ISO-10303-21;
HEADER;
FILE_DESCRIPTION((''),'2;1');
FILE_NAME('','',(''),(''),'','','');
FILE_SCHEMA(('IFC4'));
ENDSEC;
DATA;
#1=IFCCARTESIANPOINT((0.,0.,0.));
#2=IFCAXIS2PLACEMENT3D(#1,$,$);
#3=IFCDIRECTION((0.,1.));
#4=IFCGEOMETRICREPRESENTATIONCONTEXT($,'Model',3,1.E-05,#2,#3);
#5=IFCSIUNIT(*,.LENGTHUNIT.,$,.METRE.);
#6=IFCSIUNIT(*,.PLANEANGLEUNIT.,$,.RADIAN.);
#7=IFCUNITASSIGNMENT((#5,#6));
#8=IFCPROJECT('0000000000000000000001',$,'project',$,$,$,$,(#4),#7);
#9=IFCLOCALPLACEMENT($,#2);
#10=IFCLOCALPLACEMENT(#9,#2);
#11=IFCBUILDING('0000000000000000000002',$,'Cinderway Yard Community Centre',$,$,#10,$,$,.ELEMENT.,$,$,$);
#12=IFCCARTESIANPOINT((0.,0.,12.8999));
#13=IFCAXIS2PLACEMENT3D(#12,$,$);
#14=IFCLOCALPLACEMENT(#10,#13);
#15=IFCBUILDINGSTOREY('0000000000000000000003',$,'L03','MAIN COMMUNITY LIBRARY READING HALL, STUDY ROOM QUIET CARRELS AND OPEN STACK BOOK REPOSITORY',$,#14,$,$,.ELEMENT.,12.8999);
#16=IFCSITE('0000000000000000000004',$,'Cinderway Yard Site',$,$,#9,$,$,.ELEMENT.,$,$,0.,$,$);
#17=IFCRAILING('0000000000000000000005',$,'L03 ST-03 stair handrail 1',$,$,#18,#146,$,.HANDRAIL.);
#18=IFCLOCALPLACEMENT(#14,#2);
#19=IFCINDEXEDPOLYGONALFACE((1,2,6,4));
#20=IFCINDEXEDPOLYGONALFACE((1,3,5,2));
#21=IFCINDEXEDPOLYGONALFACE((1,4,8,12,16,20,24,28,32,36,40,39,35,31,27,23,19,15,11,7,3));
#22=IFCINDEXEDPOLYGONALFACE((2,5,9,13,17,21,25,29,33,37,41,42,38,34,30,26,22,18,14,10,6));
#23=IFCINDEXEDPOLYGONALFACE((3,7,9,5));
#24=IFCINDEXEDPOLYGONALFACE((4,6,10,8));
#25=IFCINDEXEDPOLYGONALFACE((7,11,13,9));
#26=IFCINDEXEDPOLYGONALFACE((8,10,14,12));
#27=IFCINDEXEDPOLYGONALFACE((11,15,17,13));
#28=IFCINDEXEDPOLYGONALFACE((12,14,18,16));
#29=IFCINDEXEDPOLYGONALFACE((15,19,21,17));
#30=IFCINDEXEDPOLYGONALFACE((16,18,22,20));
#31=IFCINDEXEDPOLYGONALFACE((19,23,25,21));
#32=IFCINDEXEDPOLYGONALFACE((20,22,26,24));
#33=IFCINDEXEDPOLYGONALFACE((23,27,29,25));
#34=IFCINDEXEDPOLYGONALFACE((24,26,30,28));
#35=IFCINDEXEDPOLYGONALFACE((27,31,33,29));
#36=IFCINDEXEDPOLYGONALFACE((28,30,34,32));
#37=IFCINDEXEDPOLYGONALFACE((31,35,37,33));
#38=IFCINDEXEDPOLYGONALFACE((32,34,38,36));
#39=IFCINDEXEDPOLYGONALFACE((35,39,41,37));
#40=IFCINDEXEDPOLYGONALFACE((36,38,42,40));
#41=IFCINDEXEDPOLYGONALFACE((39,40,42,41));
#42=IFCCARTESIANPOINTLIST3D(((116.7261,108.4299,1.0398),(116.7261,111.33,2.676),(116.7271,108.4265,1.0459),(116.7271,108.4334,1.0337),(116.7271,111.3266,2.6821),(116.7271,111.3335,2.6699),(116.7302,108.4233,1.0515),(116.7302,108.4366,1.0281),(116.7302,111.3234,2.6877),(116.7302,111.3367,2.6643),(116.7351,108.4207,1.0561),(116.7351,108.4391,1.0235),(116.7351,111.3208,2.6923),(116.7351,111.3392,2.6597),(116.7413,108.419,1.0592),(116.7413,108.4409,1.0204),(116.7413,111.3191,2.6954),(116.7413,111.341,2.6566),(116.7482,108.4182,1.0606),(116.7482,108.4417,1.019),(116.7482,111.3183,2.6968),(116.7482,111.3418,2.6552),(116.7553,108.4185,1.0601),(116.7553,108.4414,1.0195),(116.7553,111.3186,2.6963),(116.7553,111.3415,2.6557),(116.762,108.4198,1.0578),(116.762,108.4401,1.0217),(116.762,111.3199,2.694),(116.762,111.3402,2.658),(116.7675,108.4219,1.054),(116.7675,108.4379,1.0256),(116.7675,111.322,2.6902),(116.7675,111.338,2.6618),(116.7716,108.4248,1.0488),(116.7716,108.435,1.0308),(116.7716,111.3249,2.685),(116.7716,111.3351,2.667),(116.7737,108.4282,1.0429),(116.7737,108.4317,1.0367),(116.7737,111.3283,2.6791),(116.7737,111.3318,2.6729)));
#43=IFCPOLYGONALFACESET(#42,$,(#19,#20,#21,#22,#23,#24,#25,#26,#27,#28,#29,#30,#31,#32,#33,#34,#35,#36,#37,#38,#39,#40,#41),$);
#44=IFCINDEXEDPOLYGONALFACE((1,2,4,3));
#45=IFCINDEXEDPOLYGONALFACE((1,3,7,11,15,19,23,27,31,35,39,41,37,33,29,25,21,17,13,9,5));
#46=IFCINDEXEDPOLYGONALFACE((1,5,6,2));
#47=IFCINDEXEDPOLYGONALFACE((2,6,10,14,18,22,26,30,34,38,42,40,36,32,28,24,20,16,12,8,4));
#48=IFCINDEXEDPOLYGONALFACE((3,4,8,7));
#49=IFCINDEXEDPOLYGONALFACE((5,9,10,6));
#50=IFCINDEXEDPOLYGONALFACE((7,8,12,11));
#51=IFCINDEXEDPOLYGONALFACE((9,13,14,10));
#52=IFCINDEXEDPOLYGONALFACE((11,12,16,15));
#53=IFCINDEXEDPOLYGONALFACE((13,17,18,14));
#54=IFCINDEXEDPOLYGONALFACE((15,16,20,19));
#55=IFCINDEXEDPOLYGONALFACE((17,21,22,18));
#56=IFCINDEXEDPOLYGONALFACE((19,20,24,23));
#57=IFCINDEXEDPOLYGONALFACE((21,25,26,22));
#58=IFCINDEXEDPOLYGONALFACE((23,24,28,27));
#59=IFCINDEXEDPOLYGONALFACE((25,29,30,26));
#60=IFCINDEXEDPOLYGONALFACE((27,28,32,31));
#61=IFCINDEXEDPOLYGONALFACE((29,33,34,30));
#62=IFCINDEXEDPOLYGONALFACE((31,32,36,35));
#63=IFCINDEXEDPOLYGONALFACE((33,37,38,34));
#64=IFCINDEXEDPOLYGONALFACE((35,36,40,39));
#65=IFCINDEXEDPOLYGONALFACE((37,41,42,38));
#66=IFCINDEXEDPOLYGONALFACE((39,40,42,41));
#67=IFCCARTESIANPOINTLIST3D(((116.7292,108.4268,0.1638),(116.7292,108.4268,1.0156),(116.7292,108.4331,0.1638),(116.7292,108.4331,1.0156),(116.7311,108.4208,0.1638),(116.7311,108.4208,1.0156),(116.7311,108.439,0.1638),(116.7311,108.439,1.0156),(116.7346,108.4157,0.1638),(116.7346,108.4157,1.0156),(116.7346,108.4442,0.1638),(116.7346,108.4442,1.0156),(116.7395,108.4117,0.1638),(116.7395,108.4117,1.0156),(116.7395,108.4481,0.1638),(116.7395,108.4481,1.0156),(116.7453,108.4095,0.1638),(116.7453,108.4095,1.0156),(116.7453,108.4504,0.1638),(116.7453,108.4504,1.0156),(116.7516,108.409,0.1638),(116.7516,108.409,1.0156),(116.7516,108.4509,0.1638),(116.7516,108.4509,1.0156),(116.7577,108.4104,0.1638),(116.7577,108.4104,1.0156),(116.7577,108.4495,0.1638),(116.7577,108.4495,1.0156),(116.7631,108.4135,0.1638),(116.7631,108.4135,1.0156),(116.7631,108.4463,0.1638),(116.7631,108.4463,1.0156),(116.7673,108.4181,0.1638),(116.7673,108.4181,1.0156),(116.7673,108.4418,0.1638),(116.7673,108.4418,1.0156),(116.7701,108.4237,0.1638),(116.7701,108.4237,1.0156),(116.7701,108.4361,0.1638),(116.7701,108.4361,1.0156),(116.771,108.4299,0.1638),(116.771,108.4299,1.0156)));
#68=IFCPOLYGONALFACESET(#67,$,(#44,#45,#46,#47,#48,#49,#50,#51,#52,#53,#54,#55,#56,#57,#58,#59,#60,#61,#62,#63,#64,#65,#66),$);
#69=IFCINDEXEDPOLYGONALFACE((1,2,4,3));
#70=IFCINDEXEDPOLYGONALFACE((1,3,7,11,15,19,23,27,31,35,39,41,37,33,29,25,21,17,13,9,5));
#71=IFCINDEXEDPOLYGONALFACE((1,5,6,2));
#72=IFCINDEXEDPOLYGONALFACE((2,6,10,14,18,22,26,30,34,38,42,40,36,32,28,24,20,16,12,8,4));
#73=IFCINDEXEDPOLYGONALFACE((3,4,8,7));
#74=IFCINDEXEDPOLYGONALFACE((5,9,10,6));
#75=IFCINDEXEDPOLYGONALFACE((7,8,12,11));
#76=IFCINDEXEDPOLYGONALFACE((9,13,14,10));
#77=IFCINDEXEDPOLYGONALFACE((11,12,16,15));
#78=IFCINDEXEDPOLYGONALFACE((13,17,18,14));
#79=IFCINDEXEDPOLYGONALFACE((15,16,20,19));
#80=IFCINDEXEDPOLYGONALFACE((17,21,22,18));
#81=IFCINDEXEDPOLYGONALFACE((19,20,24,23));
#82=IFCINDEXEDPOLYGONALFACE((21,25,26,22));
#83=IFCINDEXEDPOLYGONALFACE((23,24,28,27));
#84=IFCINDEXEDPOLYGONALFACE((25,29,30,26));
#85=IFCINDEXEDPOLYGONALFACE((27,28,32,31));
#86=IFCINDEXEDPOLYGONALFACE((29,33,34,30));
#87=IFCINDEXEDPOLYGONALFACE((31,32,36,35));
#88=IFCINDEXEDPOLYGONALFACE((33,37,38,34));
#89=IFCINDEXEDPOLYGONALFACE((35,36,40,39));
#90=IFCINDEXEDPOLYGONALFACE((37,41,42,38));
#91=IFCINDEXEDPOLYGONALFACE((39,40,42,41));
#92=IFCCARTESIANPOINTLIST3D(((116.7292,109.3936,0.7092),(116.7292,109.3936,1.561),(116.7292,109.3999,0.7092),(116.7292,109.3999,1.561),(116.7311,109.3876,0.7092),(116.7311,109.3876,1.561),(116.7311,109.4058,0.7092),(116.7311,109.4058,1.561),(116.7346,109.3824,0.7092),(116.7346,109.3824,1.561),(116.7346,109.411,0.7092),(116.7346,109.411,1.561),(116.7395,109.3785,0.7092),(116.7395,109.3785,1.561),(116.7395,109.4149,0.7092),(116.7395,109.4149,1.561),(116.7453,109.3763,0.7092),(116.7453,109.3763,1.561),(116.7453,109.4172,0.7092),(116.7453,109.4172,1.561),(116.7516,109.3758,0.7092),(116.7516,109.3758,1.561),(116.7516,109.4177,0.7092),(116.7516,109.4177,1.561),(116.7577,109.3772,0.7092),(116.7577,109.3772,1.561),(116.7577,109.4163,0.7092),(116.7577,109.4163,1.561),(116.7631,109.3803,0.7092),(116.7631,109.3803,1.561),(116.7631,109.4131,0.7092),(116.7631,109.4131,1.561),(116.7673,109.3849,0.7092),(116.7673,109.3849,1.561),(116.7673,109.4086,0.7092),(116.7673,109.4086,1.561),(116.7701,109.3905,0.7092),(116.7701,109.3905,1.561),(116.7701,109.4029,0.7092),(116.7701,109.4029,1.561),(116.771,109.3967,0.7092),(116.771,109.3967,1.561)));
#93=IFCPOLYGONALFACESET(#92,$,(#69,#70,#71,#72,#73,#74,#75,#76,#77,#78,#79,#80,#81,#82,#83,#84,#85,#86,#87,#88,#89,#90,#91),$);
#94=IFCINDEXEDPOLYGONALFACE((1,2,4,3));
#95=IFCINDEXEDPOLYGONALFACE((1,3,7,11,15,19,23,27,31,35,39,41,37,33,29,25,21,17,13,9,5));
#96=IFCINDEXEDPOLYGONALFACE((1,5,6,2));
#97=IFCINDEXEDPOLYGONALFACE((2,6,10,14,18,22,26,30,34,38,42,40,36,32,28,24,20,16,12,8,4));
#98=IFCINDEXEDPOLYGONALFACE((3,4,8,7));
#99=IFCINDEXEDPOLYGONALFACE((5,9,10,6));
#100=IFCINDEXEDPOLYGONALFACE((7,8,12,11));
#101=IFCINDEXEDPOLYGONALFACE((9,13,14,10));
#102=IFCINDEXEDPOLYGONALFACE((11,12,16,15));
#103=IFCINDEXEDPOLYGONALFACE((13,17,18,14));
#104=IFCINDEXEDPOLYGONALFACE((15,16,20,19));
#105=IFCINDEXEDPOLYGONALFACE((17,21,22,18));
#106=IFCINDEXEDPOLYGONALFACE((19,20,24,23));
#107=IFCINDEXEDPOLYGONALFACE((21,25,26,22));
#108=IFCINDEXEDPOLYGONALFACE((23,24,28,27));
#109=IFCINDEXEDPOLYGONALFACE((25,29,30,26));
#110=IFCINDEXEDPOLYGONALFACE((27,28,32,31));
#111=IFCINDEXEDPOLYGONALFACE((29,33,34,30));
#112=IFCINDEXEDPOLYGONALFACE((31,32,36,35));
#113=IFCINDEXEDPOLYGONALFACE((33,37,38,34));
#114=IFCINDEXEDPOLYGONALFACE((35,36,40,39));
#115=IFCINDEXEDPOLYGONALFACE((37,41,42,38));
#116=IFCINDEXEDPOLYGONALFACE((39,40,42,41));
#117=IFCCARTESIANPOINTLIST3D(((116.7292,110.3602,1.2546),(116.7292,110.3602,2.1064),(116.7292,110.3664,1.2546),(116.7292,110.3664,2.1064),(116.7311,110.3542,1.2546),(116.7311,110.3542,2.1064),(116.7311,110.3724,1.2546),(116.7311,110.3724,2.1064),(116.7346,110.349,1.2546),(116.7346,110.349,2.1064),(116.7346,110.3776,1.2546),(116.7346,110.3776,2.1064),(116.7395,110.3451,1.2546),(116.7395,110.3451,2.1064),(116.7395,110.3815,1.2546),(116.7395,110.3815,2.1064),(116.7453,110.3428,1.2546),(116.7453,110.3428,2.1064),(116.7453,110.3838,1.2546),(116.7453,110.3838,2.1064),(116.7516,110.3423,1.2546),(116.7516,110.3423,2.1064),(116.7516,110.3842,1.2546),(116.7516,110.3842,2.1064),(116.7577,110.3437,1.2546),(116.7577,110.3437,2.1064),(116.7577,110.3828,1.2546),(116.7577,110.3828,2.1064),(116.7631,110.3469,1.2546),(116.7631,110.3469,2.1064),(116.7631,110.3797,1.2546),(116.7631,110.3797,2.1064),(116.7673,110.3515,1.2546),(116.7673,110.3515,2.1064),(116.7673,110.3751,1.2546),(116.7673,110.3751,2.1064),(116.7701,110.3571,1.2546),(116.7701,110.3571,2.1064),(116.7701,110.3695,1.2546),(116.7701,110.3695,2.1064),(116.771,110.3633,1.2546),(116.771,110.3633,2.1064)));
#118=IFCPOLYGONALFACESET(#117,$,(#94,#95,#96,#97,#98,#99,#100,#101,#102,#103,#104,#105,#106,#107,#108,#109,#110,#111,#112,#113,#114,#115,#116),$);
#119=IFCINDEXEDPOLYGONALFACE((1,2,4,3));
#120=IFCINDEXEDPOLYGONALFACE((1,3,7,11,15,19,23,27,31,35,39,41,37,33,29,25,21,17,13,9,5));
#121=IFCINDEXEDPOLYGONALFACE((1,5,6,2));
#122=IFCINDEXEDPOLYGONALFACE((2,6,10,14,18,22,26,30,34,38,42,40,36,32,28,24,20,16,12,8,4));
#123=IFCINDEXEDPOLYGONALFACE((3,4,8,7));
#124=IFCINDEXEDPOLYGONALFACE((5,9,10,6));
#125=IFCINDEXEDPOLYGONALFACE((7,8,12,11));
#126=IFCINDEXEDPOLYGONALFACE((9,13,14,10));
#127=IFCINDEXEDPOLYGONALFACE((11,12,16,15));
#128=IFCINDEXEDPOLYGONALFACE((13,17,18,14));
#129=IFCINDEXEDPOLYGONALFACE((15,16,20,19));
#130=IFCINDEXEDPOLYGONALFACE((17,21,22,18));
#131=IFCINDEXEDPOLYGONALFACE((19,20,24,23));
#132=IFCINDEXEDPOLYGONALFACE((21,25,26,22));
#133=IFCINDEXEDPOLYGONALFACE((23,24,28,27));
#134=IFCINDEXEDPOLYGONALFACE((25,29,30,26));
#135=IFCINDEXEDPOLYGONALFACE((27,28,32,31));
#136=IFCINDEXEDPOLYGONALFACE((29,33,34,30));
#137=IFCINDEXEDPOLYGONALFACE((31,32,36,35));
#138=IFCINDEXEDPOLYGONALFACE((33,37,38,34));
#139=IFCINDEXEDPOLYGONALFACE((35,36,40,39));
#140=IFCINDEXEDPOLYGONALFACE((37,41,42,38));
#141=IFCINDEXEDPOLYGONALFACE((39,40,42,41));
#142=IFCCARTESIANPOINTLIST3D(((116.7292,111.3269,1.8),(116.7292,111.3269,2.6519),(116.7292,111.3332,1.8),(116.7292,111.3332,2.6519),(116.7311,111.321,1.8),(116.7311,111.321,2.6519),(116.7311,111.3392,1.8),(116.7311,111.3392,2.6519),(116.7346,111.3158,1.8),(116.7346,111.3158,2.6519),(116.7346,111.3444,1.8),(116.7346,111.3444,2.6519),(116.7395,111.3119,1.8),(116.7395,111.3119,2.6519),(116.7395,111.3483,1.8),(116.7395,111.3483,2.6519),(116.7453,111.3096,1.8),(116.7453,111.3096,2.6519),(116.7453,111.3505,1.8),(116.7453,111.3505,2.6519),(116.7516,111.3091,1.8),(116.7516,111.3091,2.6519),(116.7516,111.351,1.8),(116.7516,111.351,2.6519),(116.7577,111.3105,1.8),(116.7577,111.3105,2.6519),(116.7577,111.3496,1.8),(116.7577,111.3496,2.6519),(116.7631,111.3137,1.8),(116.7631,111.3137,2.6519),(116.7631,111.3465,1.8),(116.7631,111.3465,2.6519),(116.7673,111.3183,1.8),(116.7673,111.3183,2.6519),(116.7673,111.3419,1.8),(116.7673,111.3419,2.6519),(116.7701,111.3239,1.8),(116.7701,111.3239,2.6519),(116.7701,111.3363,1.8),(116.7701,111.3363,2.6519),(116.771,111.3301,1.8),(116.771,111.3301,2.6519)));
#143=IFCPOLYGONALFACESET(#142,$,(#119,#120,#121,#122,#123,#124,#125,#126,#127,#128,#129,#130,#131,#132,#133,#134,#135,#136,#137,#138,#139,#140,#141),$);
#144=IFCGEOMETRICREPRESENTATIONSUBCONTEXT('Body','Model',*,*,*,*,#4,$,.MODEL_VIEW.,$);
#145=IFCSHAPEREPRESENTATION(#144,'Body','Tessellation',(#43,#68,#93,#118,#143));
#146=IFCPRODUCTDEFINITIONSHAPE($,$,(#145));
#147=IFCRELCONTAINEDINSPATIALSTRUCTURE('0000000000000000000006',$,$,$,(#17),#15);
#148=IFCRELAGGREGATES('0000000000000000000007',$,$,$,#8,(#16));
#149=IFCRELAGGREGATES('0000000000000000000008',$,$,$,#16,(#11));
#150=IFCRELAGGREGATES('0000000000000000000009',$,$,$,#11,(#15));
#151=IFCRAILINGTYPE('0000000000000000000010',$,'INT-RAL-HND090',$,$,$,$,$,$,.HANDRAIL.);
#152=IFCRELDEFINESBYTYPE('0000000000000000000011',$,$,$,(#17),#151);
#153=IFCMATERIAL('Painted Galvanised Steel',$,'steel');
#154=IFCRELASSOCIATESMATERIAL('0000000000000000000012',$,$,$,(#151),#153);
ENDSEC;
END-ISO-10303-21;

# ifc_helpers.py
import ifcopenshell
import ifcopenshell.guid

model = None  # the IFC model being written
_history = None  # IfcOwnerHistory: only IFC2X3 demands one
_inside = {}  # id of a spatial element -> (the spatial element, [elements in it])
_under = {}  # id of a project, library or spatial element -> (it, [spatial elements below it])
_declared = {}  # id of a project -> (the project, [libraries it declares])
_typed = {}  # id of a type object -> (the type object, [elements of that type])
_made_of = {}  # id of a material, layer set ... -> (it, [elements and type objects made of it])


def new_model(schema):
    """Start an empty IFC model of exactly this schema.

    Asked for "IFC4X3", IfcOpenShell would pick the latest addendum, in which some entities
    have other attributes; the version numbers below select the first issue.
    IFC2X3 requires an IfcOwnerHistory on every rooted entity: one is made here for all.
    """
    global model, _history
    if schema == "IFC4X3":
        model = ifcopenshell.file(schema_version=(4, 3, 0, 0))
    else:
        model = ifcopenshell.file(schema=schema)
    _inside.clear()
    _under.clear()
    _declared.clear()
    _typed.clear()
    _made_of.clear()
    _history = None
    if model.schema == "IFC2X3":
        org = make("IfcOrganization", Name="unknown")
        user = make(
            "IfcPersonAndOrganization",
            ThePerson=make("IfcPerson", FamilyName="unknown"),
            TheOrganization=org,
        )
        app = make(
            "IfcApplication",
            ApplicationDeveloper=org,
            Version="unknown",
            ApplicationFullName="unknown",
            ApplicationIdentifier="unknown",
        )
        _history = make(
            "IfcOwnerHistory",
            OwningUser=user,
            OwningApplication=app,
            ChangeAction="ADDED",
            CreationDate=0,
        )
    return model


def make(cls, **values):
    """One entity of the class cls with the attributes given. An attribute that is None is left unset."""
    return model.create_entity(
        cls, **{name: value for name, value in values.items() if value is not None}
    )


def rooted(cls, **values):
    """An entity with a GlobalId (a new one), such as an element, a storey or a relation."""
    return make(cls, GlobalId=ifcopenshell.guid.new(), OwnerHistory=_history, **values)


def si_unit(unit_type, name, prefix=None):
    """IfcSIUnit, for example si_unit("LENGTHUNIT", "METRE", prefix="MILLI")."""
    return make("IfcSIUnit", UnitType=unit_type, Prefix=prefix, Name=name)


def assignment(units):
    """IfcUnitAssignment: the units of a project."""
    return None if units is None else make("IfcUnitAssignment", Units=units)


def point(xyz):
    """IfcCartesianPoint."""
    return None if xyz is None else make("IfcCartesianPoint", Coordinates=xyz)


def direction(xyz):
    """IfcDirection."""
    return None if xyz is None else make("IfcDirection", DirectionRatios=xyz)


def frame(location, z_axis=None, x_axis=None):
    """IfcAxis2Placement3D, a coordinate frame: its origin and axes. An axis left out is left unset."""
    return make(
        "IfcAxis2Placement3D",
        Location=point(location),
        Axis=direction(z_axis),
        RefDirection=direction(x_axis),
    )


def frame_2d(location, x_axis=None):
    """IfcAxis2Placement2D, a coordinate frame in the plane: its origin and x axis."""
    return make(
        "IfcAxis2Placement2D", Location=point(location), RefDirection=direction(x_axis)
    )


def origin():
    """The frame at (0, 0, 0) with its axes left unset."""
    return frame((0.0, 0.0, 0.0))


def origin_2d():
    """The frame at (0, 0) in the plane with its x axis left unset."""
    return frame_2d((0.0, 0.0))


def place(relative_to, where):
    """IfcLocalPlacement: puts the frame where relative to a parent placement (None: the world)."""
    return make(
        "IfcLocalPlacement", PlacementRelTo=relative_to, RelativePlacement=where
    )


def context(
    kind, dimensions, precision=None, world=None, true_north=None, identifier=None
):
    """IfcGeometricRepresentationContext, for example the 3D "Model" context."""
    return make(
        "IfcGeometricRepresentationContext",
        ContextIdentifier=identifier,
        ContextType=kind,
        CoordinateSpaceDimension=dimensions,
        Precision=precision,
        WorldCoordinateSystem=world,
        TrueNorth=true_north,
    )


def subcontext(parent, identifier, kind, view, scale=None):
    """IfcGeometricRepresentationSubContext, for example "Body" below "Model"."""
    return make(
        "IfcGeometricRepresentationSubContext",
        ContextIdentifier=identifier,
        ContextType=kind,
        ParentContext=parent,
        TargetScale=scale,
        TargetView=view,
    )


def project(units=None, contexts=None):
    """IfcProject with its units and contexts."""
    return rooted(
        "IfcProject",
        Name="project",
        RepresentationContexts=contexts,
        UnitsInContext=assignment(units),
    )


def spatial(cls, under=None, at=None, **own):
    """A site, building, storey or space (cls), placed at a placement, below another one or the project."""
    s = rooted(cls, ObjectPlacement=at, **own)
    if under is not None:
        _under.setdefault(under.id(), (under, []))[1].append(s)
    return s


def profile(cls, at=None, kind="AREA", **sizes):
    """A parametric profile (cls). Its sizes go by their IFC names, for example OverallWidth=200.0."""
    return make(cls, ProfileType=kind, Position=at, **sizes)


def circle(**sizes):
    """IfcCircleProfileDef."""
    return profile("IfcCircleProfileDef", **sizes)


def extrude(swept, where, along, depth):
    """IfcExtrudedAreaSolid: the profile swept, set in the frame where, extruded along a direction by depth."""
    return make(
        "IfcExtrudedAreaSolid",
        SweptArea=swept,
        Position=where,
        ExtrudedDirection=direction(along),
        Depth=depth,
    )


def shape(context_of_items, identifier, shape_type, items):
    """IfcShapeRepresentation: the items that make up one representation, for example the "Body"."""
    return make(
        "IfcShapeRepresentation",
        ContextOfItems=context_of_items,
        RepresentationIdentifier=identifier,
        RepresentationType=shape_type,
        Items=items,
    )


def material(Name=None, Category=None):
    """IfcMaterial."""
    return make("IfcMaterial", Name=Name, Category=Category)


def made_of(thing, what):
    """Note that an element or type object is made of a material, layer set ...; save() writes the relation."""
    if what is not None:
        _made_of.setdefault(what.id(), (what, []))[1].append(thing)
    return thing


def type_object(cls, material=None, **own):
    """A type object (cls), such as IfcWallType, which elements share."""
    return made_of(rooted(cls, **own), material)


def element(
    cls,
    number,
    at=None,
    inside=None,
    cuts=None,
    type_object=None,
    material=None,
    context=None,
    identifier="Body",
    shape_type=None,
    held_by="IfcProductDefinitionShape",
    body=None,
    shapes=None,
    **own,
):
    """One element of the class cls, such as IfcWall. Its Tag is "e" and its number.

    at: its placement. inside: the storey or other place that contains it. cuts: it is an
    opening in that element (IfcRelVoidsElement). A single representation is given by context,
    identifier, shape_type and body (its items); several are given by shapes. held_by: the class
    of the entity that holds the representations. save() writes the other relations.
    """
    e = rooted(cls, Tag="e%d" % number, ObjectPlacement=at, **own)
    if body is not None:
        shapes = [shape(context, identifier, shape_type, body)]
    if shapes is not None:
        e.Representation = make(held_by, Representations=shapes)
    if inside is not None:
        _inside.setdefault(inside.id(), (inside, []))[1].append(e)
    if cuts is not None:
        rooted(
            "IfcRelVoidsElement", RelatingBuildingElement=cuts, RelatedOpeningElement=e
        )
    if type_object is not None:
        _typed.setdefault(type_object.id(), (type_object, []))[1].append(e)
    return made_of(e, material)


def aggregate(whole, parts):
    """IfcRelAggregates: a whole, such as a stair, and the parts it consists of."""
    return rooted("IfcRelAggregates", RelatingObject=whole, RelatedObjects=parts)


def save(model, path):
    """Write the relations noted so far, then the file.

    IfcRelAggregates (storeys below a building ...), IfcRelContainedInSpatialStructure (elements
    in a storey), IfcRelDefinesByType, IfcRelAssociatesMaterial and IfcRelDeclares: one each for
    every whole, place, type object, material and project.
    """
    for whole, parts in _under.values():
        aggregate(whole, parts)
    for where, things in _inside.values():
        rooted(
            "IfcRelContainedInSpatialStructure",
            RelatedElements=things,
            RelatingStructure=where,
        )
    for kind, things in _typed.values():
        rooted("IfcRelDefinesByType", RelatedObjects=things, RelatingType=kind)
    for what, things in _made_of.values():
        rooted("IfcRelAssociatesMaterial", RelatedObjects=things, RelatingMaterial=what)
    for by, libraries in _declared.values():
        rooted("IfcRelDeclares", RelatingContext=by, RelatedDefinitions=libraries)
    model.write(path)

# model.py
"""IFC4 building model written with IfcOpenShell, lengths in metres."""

from ifc_helpers import new_model, si_unit, direction, frame, origin, origin_2d, place, context, subcontext, project, spatial, circle, extrude, material, type_object, element, save


model = new_model("IFC4")

# Units and contexts
model_context = context("Model", 3, precision=1e-05, world=origin(), true_north=direction((0.0, 1.0)))
body_context = subcontext(model_context, "Body", "Model", "MODEL_VIEW")
ifc_project = project(units=[si_unit("LENGTHUNIT", "METRE"), si_unit("PLANEANGLEUNIT", "RADIAN")], contexts=[model_context])

# Site, building, storey
site_placement = place(None, origin())
site = spatial("IfcSite", under=ifc_project, at=site_placement, Name="Cinderway Yard Site", CompositionType="ELEMENT", RefElevation=0.0)
building_placement = place(site_placement, origin())
building = spatial("IfcBuilding", under=site, at=building_placement, Name="Cinderway Yard Community Centre", CompositionType="ELEMENT")
storey_placement = place(building_placement, frame((0.0, 0.0, 12.8999)))
storey = spatial("IfcBuildingStorey", under=building, at=storey_placement, Name="L03", Description="MAIN COMMUNITY LIBRARY READING HALL, STUDY ROOM QUIET CARRELS AND OPEN STACK BOOK REPOSITORY", CompositionType="ELEMENT", Elevation=12.8999)

# Shared definitions
ifc_material_1 = material(Name="Painted Galvanised Steel", Category="steel")

# Railing
railing_type_1 = type_object("IfcRailingType", Name="INT-RAL-HND090", PredefinedType="HANDRAIL", material=ifc_material_1)
railing_1_placement = place(storey_placement, frame((116.75, 108.4299, 0.1638)))
element("IfcRailing", 1, at=railing_1_placement, inside=storey, type_object=railing_type_1, Name="L03 ST-03 stair handrail 1", PredefinedType="HANDRAIL", context=body_context, shape_type="SweptSolid", body=[
    extrude(circle(Radius=0.0239, at=origin_2d()), frame((0.0, 0.0, 0.876), z_axis=(0.0, 0.870946, 0.491378), x_axis=(-1.0, 0.0, 0.0)), (0.0, 0.0, 1.0), 3.3298),
    extrude(circle(Radius=0.021, at=origin_2d()), origin(), (0.0, 0.0, 1.0), 0.8518),
    extrude(circle(Radius=0.021, at=origin_2d()), frame((0.0, 0.9668, 0.5454)), (0.0, 0.0, 1.0), 0.8518),
    extrude(circle(Radius=0.021, at=origin_2d()), frame((0.0, 1.9333, 1.0908)), (0.0, 0.0, 1.0), 0.8518),
    extrude(circle(Radius=0.021, at=origin_2d()), frame((0.0, 2.9001, 1.6362)), (0.0, 0.0, 1.0), 0.8518),
])

save(model, "model.ifc")
